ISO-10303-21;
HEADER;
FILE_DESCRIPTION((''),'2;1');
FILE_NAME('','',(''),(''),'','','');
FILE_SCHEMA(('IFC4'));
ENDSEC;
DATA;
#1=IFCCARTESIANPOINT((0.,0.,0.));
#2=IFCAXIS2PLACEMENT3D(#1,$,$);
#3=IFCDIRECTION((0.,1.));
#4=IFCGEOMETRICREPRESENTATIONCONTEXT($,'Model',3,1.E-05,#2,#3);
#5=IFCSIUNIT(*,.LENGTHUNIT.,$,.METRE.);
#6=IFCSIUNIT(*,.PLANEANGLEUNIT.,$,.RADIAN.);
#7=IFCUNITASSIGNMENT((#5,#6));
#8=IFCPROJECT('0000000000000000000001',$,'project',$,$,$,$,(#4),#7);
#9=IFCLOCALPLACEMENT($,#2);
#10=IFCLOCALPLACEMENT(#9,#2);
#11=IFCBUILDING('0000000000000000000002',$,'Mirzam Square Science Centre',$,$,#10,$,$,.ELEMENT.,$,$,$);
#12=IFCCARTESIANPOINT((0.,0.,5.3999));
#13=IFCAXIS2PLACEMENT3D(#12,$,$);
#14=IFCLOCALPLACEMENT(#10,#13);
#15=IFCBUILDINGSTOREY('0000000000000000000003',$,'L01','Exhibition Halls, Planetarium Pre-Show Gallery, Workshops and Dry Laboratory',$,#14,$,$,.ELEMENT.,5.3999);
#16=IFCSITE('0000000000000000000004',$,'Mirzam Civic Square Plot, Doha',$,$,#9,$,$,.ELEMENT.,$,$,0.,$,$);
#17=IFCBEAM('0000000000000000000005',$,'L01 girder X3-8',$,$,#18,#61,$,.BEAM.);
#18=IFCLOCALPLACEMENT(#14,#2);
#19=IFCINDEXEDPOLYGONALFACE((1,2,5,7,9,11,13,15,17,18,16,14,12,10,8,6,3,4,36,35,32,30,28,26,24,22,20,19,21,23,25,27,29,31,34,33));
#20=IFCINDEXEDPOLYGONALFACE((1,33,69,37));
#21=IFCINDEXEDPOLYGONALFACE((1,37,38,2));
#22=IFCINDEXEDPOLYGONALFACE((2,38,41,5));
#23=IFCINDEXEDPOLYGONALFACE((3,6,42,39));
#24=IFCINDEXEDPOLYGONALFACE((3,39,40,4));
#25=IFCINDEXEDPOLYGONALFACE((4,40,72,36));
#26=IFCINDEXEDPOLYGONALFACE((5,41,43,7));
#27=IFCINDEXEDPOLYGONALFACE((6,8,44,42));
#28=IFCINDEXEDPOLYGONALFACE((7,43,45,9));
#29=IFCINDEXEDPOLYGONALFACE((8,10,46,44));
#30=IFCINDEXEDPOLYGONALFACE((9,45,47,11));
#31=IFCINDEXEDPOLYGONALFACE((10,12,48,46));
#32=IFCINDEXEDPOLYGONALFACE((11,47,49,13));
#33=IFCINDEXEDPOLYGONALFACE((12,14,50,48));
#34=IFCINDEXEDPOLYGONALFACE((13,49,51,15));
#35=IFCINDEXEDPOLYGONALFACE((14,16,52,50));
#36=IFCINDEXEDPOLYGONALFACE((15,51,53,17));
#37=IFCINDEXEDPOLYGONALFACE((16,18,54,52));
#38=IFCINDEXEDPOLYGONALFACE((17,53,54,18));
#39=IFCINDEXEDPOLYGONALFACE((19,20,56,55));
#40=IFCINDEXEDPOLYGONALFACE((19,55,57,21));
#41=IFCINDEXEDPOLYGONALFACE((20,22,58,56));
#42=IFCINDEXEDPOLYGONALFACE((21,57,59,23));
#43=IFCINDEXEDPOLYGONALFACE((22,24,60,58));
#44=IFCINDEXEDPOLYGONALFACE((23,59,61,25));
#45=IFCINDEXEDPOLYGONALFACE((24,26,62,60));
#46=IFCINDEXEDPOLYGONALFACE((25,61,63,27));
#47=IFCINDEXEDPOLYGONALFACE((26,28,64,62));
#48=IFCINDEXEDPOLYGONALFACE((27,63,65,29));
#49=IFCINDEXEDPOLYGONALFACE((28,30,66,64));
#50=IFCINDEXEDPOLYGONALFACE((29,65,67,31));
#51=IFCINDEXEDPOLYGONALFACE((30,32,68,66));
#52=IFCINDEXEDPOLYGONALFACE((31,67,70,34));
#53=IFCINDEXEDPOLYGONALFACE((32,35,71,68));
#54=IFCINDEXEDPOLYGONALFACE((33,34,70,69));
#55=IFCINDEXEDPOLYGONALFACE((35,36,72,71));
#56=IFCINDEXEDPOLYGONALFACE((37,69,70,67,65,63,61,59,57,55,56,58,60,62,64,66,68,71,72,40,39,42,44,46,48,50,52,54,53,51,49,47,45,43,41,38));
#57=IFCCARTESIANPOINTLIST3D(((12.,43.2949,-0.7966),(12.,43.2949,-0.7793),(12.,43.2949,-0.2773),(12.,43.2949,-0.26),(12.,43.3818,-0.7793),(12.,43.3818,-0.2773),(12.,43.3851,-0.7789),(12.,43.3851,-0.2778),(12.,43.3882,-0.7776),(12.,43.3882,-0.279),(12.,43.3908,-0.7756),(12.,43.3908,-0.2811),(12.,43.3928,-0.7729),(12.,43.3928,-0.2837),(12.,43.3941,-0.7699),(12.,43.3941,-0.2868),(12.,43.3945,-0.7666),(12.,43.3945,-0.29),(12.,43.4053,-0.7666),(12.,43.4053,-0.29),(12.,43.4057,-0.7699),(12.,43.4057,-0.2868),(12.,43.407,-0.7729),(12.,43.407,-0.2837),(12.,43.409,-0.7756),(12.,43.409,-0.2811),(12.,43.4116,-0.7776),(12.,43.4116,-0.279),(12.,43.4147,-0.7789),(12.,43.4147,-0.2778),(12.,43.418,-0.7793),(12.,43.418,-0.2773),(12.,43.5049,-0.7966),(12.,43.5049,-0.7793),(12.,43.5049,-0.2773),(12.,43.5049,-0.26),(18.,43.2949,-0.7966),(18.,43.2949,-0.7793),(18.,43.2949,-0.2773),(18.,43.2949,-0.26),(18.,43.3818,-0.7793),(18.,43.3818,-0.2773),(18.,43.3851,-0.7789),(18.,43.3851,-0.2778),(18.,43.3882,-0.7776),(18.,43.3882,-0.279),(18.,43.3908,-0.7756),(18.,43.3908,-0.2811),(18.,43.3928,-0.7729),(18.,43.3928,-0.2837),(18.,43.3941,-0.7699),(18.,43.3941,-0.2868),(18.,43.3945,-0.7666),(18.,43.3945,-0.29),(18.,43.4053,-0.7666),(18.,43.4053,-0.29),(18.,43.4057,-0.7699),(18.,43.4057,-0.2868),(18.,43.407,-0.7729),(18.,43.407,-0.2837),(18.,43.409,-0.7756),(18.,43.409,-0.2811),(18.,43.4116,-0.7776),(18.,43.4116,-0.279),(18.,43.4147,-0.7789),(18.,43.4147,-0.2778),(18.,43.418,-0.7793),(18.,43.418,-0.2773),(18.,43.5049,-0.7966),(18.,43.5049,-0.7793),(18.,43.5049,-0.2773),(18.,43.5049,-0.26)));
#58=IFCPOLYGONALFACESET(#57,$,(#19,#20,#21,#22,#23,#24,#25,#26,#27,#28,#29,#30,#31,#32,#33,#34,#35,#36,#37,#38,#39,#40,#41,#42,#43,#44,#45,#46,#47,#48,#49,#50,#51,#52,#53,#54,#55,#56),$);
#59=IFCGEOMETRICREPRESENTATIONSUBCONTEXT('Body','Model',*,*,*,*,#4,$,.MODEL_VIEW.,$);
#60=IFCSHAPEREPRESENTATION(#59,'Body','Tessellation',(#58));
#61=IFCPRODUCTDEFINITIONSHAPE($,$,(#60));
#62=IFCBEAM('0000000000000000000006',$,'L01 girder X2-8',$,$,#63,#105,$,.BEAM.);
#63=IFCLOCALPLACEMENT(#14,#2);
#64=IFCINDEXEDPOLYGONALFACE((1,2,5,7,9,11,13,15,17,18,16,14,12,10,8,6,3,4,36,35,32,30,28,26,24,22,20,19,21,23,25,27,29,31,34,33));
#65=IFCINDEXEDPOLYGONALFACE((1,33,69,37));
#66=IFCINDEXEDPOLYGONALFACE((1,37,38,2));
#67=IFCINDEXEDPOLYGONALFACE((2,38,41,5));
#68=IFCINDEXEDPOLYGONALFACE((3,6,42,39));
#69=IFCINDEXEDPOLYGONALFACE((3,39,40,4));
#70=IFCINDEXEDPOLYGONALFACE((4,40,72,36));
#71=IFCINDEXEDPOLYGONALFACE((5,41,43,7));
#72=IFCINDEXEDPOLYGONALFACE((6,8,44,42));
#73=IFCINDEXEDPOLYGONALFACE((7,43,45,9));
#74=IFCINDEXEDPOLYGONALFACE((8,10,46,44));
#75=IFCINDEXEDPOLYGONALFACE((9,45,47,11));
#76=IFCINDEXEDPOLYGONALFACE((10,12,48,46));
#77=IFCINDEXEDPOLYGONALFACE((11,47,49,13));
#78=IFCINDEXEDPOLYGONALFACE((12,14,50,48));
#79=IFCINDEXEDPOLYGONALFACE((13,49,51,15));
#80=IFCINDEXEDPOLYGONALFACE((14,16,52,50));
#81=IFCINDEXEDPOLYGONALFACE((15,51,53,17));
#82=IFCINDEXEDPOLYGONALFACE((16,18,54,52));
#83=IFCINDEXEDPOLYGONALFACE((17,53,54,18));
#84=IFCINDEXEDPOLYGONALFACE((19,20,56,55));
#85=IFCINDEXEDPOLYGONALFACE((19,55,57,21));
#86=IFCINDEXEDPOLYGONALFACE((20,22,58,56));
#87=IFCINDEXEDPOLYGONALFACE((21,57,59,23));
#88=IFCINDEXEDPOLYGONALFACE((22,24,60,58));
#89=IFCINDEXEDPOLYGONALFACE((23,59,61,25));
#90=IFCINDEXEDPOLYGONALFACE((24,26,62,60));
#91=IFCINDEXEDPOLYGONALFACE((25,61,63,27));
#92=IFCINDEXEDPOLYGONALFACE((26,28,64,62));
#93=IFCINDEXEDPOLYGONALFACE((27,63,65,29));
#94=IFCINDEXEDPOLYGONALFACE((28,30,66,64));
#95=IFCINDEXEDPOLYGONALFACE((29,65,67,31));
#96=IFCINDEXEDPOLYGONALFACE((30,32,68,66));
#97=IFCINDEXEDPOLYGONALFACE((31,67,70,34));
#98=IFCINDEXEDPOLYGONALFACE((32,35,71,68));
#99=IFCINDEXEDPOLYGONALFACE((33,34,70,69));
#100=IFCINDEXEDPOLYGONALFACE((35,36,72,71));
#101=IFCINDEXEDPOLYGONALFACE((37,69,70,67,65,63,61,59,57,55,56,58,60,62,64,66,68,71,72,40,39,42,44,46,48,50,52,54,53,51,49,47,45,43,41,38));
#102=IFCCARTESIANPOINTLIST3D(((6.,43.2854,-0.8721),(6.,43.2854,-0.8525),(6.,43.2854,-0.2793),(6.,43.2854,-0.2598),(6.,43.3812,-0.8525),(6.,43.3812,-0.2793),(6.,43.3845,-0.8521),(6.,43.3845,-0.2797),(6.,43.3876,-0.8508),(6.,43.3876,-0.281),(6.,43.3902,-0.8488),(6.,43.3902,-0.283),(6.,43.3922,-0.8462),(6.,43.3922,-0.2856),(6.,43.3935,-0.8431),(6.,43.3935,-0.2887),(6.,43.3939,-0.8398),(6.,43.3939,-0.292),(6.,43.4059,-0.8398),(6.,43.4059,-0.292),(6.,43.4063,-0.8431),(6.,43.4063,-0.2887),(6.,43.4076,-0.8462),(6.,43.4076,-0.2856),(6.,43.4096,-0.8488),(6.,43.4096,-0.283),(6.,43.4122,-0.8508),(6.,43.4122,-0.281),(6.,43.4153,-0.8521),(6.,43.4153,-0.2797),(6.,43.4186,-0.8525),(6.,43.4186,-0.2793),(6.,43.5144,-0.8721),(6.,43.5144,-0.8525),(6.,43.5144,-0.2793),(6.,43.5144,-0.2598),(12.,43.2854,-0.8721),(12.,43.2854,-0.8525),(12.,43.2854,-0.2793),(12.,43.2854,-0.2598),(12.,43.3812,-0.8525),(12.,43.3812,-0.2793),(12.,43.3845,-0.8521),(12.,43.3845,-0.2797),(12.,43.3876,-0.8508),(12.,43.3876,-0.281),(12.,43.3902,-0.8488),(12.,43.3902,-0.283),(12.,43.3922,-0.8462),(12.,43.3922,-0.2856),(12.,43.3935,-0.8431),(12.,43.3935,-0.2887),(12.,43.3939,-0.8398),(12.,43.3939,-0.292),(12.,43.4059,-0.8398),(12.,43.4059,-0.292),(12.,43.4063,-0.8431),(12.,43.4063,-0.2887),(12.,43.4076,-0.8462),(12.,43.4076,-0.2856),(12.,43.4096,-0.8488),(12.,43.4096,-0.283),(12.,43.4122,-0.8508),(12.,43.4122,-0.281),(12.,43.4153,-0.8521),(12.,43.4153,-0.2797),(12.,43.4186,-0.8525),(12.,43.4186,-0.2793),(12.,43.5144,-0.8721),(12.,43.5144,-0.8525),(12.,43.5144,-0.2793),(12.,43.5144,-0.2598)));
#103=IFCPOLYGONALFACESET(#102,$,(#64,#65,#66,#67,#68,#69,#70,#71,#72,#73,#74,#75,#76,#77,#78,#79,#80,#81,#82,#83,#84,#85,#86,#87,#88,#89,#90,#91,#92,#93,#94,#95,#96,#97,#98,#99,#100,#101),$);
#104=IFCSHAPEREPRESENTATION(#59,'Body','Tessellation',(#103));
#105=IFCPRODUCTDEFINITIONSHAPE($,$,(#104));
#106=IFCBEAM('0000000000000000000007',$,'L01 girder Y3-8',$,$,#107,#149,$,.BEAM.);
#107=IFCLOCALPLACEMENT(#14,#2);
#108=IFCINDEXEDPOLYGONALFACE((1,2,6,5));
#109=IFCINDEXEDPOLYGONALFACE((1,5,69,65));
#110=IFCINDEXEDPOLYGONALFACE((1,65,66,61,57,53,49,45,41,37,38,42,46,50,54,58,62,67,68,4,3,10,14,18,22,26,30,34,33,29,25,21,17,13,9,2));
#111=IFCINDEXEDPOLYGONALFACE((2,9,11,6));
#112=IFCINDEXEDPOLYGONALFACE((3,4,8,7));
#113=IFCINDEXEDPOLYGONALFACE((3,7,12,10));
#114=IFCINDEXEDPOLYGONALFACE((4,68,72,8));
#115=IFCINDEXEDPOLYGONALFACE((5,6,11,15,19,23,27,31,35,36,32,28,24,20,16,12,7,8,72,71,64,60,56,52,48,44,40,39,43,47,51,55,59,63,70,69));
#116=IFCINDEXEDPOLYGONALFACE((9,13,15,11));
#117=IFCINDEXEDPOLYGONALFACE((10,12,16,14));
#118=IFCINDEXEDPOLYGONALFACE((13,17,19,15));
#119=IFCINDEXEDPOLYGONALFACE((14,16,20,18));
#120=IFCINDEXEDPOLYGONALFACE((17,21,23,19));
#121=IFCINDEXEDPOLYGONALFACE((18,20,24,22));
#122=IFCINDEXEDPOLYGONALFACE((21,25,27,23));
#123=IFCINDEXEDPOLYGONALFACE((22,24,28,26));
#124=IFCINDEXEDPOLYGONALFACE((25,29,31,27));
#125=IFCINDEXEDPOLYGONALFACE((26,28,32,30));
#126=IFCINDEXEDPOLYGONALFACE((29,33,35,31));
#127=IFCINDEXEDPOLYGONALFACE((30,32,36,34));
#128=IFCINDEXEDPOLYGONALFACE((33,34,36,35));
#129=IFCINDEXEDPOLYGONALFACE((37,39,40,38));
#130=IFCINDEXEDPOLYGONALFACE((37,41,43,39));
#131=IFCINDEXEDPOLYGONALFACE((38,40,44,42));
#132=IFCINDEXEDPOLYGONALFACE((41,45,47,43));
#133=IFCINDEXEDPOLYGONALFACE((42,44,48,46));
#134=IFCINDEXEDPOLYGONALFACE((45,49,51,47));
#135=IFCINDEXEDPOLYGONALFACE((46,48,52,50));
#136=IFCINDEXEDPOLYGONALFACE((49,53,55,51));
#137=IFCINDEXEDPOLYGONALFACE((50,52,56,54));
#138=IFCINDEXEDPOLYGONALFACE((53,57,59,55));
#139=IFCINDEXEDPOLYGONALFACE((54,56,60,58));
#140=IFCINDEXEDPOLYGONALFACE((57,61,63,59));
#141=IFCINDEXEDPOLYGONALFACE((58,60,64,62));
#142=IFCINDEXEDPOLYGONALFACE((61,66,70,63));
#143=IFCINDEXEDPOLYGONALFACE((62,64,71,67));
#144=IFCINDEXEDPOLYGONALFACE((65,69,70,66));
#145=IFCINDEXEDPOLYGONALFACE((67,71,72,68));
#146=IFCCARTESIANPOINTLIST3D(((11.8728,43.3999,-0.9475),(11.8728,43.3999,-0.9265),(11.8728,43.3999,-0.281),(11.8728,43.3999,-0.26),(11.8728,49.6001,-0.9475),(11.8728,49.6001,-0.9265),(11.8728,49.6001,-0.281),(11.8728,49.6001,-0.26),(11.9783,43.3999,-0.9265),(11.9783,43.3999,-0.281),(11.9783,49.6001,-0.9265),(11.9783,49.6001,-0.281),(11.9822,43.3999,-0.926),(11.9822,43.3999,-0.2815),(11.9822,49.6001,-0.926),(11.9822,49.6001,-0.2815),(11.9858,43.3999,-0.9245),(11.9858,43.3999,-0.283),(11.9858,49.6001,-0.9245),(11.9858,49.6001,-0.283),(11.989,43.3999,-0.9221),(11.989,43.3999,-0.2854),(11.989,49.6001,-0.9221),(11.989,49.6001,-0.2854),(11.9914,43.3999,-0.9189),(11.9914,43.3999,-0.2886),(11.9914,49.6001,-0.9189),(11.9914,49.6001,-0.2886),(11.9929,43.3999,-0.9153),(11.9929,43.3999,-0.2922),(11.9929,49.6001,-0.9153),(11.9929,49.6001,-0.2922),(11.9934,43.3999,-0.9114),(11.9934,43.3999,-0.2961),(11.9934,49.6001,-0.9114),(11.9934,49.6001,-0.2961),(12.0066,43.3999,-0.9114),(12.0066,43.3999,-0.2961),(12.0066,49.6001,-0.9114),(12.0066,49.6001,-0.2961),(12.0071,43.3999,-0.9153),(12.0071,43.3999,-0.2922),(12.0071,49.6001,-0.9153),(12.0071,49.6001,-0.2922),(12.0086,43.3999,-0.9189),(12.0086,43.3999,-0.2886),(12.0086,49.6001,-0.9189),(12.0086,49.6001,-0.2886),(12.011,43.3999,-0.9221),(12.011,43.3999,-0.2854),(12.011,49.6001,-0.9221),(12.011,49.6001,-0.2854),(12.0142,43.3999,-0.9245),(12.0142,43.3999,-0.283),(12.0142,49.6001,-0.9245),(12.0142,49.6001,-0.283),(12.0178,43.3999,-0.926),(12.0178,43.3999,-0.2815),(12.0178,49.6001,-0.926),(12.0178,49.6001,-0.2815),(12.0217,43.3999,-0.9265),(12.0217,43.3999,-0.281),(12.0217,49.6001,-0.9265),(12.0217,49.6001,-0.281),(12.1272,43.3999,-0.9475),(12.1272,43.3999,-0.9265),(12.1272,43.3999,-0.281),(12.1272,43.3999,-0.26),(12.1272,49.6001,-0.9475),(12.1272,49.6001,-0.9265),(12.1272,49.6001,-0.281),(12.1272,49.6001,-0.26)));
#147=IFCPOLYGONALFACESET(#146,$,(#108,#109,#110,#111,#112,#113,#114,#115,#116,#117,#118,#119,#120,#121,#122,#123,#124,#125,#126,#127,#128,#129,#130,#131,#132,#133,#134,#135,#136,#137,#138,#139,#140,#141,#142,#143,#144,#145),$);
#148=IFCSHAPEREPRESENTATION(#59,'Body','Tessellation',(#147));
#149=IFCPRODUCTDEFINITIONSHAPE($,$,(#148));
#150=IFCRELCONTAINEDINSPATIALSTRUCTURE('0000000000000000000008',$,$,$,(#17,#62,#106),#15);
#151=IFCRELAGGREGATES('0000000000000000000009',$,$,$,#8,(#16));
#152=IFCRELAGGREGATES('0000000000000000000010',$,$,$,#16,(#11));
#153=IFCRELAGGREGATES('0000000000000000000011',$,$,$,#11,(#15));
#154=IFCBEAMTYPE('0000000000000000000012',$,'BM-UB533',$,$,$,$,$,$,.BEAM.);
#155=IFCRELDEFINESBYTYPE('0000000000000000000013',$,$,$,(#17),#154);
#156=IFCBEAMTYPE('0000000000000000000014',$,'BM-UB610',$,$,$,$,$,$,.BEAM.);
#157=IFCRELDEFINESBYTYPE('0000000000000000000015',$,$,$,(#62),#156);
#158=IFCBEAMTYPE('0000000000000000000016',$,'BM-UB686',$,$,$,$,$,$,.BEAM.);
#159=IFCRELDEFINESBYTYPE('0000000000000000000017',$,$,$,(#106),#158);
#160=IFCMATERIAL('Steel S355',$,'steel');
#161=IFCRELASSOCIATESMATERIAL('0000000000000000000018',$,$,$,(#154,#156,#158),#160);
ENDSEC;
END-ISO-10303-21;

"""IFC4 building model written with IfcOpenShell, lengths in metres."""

from ifc_helpers import new_model, si_unit, direction, frame, origin, origin_2d, place, context, subcontext, project, spatial, i_section, extrude, material, material_profile, profile_set, type_object, element, save


model = new_model("IFC4")

# Units and contexts
model_context = context("Model", 3, precision=1e-05, world=origin(), true_north=direction((0.0, 1.0)))
body_context = subcontext(model_context, "Body", "Model", "MODEL_VIEW")
ifc_project = project(units=[si_unit("LENGTHUNIT", "METRE"), si_unit("PLANEANGLEUNIT", "RADIAN")], contexts=[model_context])

# Site, building, storey
site_placement = place(None, origin())
site = spatial("IfcSite", under=ifc_project, at=site_placement, Name="Mirzam Civic Square Plot, Doha", CompositionType="ELEMENT", RefElevation=0.0)
building_placement = place(site_placement, origin())
building = spatial("IfcBuilding", under=site, at=building_placement, Name="Mirzam Square Science Centre", CompositionType="ELEMENT")
storey_placement = place(building_placement, frame((0.0, 0.0, 5.3999)))
storey = spatial("IfcBuildingStorey", under=building, at=storey_placement, Name="L01", Description="Exhibition Halls, Planetarium Pre-Show Gallery, Workshops and Dry Laboratory", CompositionType="ELEMENT", Elevation=5.3999)

# Shared definitions
ifc_material_1 = material(Name="Steel S355", Category="steel")

# Beams
ifc_material_profile_1 = material_profile(ifc_material_1, i_section(OverallWidth=0.21, OverallDepth=0.5366, WebThickness=0.0107, FlangeThickness=0.0173, FilletRadius=0.0127, at=origin_2d()), Name="533x210x101UB")
ifc_profile_set_1 = profile_set([ifc_material_profile_1], Name="Steel S355")
beam_type_1 = type_object("IfcBeamType", Name="BM-UB533", PredefinedType="BEAM", material=ifc_profile_set_1)
beam_1_placement = place(storey_placement, frame((12.0, 43.3999, -0.5283), z_axis=(1.0, 0.0, 0.0), x_axis=(0.0, 1.0, 0.0)))
element("IfcBeam", 1, at=beam_1_placement, inside=storey, type_object=beam_type_1, Name="L01 girder X3-8", PredefinedType="BEAM", context=body_context, shape_type="SweptSolid", body=[
    extrude(i_section(OverallWidth=0.21, OverallDepth=0.5366, WebThickness=0.0107, FlangeThickness=0.0173, FilletRadius=0.0127, at=origin_2d()), origin(), (0.0, 0.0, 1.0), 6.0),
])
ifc_material_profile_2 = material_profile(ifc_material_1, i_section(OverallWidth=0.229, OverallDepth=0.6123, WebThickness=0.012, FlangeThickness=0.0195, FilletRadius=0.0127, at=origin_2d()), Name="610x229x125UB")
ifc_profile_set_2 = profile_set([ifc_material_profile_2], Name="Steel S355")
beam_type_2 = type_object("IfcBeamType", Name="BM-UB610", PredefinedType="BEAM", material=ifc_profile_set_2)
beam_2_placement = place(storey_placement, frame((6.0, 43.3999, -0.5659), z_axis=(1.0, 0.0, 0.0), x_axis=(0.0, 1.0, 0.0)))
element("IfcBeam", 2, at=beam_2_placement, inside=storey, type_object=beam_type_2, Name="L01 girder X2-8", PredefinedType="BEAM", context=body_context, shape_type="SweptSolid", body=[
    extrude(i_section(OverallWidth=0.229, OverallDepth=0.6123, WebThickness=0.012, FlangeThickness=0.0195, FilletRadius=0.0127, at=origin_2d()), origin(), (0.0, 0.0, 1.0), 6.0),
])
ifc_material_profile_3 = material_profile(ifc_material_1, i_section(OverallWidth=0.2544, OverallDepth=0.6875, WebThickness=0.0132, FlangeThickness=0.021, FilletRadius=0.0151, at=origin_2d()), Name="686x254x152UB")
ifc_profile_set_3 = profile_set([ifc_material_profile_3], Name="Steel S355")
beam_type_3 = type_object("IfcBeamType", Name="BM-UB686", PredefinedType="BEAM", material=ifc_profile_set_3)
beam_3_placement = place(storey_placement, frame((12.0, 43.3999, -0.6038), z_axis=(0.0, 1.0, 0.0), x_axis=(-1.0, 0.0, 0.0)))
element("IfcBeam", 3, at=beam_3_placement, inside=storey, type_object=beam_type_3, Name="L01 girder Y3-8", PredefinedType="BEAM", context=body_context, shape_type="SweptSolid", body=[
    extrude(i_section(OverallWidth=0.2544, OverallDepth=0.6875, WebThickness=0.0132, FlangeThickness=0.021, FilletRadius=0.0151, at=origin_2d()), origin(), (0.0, 0.0, 1.0), 6.2002),
])

save(model, "model.ifc")
